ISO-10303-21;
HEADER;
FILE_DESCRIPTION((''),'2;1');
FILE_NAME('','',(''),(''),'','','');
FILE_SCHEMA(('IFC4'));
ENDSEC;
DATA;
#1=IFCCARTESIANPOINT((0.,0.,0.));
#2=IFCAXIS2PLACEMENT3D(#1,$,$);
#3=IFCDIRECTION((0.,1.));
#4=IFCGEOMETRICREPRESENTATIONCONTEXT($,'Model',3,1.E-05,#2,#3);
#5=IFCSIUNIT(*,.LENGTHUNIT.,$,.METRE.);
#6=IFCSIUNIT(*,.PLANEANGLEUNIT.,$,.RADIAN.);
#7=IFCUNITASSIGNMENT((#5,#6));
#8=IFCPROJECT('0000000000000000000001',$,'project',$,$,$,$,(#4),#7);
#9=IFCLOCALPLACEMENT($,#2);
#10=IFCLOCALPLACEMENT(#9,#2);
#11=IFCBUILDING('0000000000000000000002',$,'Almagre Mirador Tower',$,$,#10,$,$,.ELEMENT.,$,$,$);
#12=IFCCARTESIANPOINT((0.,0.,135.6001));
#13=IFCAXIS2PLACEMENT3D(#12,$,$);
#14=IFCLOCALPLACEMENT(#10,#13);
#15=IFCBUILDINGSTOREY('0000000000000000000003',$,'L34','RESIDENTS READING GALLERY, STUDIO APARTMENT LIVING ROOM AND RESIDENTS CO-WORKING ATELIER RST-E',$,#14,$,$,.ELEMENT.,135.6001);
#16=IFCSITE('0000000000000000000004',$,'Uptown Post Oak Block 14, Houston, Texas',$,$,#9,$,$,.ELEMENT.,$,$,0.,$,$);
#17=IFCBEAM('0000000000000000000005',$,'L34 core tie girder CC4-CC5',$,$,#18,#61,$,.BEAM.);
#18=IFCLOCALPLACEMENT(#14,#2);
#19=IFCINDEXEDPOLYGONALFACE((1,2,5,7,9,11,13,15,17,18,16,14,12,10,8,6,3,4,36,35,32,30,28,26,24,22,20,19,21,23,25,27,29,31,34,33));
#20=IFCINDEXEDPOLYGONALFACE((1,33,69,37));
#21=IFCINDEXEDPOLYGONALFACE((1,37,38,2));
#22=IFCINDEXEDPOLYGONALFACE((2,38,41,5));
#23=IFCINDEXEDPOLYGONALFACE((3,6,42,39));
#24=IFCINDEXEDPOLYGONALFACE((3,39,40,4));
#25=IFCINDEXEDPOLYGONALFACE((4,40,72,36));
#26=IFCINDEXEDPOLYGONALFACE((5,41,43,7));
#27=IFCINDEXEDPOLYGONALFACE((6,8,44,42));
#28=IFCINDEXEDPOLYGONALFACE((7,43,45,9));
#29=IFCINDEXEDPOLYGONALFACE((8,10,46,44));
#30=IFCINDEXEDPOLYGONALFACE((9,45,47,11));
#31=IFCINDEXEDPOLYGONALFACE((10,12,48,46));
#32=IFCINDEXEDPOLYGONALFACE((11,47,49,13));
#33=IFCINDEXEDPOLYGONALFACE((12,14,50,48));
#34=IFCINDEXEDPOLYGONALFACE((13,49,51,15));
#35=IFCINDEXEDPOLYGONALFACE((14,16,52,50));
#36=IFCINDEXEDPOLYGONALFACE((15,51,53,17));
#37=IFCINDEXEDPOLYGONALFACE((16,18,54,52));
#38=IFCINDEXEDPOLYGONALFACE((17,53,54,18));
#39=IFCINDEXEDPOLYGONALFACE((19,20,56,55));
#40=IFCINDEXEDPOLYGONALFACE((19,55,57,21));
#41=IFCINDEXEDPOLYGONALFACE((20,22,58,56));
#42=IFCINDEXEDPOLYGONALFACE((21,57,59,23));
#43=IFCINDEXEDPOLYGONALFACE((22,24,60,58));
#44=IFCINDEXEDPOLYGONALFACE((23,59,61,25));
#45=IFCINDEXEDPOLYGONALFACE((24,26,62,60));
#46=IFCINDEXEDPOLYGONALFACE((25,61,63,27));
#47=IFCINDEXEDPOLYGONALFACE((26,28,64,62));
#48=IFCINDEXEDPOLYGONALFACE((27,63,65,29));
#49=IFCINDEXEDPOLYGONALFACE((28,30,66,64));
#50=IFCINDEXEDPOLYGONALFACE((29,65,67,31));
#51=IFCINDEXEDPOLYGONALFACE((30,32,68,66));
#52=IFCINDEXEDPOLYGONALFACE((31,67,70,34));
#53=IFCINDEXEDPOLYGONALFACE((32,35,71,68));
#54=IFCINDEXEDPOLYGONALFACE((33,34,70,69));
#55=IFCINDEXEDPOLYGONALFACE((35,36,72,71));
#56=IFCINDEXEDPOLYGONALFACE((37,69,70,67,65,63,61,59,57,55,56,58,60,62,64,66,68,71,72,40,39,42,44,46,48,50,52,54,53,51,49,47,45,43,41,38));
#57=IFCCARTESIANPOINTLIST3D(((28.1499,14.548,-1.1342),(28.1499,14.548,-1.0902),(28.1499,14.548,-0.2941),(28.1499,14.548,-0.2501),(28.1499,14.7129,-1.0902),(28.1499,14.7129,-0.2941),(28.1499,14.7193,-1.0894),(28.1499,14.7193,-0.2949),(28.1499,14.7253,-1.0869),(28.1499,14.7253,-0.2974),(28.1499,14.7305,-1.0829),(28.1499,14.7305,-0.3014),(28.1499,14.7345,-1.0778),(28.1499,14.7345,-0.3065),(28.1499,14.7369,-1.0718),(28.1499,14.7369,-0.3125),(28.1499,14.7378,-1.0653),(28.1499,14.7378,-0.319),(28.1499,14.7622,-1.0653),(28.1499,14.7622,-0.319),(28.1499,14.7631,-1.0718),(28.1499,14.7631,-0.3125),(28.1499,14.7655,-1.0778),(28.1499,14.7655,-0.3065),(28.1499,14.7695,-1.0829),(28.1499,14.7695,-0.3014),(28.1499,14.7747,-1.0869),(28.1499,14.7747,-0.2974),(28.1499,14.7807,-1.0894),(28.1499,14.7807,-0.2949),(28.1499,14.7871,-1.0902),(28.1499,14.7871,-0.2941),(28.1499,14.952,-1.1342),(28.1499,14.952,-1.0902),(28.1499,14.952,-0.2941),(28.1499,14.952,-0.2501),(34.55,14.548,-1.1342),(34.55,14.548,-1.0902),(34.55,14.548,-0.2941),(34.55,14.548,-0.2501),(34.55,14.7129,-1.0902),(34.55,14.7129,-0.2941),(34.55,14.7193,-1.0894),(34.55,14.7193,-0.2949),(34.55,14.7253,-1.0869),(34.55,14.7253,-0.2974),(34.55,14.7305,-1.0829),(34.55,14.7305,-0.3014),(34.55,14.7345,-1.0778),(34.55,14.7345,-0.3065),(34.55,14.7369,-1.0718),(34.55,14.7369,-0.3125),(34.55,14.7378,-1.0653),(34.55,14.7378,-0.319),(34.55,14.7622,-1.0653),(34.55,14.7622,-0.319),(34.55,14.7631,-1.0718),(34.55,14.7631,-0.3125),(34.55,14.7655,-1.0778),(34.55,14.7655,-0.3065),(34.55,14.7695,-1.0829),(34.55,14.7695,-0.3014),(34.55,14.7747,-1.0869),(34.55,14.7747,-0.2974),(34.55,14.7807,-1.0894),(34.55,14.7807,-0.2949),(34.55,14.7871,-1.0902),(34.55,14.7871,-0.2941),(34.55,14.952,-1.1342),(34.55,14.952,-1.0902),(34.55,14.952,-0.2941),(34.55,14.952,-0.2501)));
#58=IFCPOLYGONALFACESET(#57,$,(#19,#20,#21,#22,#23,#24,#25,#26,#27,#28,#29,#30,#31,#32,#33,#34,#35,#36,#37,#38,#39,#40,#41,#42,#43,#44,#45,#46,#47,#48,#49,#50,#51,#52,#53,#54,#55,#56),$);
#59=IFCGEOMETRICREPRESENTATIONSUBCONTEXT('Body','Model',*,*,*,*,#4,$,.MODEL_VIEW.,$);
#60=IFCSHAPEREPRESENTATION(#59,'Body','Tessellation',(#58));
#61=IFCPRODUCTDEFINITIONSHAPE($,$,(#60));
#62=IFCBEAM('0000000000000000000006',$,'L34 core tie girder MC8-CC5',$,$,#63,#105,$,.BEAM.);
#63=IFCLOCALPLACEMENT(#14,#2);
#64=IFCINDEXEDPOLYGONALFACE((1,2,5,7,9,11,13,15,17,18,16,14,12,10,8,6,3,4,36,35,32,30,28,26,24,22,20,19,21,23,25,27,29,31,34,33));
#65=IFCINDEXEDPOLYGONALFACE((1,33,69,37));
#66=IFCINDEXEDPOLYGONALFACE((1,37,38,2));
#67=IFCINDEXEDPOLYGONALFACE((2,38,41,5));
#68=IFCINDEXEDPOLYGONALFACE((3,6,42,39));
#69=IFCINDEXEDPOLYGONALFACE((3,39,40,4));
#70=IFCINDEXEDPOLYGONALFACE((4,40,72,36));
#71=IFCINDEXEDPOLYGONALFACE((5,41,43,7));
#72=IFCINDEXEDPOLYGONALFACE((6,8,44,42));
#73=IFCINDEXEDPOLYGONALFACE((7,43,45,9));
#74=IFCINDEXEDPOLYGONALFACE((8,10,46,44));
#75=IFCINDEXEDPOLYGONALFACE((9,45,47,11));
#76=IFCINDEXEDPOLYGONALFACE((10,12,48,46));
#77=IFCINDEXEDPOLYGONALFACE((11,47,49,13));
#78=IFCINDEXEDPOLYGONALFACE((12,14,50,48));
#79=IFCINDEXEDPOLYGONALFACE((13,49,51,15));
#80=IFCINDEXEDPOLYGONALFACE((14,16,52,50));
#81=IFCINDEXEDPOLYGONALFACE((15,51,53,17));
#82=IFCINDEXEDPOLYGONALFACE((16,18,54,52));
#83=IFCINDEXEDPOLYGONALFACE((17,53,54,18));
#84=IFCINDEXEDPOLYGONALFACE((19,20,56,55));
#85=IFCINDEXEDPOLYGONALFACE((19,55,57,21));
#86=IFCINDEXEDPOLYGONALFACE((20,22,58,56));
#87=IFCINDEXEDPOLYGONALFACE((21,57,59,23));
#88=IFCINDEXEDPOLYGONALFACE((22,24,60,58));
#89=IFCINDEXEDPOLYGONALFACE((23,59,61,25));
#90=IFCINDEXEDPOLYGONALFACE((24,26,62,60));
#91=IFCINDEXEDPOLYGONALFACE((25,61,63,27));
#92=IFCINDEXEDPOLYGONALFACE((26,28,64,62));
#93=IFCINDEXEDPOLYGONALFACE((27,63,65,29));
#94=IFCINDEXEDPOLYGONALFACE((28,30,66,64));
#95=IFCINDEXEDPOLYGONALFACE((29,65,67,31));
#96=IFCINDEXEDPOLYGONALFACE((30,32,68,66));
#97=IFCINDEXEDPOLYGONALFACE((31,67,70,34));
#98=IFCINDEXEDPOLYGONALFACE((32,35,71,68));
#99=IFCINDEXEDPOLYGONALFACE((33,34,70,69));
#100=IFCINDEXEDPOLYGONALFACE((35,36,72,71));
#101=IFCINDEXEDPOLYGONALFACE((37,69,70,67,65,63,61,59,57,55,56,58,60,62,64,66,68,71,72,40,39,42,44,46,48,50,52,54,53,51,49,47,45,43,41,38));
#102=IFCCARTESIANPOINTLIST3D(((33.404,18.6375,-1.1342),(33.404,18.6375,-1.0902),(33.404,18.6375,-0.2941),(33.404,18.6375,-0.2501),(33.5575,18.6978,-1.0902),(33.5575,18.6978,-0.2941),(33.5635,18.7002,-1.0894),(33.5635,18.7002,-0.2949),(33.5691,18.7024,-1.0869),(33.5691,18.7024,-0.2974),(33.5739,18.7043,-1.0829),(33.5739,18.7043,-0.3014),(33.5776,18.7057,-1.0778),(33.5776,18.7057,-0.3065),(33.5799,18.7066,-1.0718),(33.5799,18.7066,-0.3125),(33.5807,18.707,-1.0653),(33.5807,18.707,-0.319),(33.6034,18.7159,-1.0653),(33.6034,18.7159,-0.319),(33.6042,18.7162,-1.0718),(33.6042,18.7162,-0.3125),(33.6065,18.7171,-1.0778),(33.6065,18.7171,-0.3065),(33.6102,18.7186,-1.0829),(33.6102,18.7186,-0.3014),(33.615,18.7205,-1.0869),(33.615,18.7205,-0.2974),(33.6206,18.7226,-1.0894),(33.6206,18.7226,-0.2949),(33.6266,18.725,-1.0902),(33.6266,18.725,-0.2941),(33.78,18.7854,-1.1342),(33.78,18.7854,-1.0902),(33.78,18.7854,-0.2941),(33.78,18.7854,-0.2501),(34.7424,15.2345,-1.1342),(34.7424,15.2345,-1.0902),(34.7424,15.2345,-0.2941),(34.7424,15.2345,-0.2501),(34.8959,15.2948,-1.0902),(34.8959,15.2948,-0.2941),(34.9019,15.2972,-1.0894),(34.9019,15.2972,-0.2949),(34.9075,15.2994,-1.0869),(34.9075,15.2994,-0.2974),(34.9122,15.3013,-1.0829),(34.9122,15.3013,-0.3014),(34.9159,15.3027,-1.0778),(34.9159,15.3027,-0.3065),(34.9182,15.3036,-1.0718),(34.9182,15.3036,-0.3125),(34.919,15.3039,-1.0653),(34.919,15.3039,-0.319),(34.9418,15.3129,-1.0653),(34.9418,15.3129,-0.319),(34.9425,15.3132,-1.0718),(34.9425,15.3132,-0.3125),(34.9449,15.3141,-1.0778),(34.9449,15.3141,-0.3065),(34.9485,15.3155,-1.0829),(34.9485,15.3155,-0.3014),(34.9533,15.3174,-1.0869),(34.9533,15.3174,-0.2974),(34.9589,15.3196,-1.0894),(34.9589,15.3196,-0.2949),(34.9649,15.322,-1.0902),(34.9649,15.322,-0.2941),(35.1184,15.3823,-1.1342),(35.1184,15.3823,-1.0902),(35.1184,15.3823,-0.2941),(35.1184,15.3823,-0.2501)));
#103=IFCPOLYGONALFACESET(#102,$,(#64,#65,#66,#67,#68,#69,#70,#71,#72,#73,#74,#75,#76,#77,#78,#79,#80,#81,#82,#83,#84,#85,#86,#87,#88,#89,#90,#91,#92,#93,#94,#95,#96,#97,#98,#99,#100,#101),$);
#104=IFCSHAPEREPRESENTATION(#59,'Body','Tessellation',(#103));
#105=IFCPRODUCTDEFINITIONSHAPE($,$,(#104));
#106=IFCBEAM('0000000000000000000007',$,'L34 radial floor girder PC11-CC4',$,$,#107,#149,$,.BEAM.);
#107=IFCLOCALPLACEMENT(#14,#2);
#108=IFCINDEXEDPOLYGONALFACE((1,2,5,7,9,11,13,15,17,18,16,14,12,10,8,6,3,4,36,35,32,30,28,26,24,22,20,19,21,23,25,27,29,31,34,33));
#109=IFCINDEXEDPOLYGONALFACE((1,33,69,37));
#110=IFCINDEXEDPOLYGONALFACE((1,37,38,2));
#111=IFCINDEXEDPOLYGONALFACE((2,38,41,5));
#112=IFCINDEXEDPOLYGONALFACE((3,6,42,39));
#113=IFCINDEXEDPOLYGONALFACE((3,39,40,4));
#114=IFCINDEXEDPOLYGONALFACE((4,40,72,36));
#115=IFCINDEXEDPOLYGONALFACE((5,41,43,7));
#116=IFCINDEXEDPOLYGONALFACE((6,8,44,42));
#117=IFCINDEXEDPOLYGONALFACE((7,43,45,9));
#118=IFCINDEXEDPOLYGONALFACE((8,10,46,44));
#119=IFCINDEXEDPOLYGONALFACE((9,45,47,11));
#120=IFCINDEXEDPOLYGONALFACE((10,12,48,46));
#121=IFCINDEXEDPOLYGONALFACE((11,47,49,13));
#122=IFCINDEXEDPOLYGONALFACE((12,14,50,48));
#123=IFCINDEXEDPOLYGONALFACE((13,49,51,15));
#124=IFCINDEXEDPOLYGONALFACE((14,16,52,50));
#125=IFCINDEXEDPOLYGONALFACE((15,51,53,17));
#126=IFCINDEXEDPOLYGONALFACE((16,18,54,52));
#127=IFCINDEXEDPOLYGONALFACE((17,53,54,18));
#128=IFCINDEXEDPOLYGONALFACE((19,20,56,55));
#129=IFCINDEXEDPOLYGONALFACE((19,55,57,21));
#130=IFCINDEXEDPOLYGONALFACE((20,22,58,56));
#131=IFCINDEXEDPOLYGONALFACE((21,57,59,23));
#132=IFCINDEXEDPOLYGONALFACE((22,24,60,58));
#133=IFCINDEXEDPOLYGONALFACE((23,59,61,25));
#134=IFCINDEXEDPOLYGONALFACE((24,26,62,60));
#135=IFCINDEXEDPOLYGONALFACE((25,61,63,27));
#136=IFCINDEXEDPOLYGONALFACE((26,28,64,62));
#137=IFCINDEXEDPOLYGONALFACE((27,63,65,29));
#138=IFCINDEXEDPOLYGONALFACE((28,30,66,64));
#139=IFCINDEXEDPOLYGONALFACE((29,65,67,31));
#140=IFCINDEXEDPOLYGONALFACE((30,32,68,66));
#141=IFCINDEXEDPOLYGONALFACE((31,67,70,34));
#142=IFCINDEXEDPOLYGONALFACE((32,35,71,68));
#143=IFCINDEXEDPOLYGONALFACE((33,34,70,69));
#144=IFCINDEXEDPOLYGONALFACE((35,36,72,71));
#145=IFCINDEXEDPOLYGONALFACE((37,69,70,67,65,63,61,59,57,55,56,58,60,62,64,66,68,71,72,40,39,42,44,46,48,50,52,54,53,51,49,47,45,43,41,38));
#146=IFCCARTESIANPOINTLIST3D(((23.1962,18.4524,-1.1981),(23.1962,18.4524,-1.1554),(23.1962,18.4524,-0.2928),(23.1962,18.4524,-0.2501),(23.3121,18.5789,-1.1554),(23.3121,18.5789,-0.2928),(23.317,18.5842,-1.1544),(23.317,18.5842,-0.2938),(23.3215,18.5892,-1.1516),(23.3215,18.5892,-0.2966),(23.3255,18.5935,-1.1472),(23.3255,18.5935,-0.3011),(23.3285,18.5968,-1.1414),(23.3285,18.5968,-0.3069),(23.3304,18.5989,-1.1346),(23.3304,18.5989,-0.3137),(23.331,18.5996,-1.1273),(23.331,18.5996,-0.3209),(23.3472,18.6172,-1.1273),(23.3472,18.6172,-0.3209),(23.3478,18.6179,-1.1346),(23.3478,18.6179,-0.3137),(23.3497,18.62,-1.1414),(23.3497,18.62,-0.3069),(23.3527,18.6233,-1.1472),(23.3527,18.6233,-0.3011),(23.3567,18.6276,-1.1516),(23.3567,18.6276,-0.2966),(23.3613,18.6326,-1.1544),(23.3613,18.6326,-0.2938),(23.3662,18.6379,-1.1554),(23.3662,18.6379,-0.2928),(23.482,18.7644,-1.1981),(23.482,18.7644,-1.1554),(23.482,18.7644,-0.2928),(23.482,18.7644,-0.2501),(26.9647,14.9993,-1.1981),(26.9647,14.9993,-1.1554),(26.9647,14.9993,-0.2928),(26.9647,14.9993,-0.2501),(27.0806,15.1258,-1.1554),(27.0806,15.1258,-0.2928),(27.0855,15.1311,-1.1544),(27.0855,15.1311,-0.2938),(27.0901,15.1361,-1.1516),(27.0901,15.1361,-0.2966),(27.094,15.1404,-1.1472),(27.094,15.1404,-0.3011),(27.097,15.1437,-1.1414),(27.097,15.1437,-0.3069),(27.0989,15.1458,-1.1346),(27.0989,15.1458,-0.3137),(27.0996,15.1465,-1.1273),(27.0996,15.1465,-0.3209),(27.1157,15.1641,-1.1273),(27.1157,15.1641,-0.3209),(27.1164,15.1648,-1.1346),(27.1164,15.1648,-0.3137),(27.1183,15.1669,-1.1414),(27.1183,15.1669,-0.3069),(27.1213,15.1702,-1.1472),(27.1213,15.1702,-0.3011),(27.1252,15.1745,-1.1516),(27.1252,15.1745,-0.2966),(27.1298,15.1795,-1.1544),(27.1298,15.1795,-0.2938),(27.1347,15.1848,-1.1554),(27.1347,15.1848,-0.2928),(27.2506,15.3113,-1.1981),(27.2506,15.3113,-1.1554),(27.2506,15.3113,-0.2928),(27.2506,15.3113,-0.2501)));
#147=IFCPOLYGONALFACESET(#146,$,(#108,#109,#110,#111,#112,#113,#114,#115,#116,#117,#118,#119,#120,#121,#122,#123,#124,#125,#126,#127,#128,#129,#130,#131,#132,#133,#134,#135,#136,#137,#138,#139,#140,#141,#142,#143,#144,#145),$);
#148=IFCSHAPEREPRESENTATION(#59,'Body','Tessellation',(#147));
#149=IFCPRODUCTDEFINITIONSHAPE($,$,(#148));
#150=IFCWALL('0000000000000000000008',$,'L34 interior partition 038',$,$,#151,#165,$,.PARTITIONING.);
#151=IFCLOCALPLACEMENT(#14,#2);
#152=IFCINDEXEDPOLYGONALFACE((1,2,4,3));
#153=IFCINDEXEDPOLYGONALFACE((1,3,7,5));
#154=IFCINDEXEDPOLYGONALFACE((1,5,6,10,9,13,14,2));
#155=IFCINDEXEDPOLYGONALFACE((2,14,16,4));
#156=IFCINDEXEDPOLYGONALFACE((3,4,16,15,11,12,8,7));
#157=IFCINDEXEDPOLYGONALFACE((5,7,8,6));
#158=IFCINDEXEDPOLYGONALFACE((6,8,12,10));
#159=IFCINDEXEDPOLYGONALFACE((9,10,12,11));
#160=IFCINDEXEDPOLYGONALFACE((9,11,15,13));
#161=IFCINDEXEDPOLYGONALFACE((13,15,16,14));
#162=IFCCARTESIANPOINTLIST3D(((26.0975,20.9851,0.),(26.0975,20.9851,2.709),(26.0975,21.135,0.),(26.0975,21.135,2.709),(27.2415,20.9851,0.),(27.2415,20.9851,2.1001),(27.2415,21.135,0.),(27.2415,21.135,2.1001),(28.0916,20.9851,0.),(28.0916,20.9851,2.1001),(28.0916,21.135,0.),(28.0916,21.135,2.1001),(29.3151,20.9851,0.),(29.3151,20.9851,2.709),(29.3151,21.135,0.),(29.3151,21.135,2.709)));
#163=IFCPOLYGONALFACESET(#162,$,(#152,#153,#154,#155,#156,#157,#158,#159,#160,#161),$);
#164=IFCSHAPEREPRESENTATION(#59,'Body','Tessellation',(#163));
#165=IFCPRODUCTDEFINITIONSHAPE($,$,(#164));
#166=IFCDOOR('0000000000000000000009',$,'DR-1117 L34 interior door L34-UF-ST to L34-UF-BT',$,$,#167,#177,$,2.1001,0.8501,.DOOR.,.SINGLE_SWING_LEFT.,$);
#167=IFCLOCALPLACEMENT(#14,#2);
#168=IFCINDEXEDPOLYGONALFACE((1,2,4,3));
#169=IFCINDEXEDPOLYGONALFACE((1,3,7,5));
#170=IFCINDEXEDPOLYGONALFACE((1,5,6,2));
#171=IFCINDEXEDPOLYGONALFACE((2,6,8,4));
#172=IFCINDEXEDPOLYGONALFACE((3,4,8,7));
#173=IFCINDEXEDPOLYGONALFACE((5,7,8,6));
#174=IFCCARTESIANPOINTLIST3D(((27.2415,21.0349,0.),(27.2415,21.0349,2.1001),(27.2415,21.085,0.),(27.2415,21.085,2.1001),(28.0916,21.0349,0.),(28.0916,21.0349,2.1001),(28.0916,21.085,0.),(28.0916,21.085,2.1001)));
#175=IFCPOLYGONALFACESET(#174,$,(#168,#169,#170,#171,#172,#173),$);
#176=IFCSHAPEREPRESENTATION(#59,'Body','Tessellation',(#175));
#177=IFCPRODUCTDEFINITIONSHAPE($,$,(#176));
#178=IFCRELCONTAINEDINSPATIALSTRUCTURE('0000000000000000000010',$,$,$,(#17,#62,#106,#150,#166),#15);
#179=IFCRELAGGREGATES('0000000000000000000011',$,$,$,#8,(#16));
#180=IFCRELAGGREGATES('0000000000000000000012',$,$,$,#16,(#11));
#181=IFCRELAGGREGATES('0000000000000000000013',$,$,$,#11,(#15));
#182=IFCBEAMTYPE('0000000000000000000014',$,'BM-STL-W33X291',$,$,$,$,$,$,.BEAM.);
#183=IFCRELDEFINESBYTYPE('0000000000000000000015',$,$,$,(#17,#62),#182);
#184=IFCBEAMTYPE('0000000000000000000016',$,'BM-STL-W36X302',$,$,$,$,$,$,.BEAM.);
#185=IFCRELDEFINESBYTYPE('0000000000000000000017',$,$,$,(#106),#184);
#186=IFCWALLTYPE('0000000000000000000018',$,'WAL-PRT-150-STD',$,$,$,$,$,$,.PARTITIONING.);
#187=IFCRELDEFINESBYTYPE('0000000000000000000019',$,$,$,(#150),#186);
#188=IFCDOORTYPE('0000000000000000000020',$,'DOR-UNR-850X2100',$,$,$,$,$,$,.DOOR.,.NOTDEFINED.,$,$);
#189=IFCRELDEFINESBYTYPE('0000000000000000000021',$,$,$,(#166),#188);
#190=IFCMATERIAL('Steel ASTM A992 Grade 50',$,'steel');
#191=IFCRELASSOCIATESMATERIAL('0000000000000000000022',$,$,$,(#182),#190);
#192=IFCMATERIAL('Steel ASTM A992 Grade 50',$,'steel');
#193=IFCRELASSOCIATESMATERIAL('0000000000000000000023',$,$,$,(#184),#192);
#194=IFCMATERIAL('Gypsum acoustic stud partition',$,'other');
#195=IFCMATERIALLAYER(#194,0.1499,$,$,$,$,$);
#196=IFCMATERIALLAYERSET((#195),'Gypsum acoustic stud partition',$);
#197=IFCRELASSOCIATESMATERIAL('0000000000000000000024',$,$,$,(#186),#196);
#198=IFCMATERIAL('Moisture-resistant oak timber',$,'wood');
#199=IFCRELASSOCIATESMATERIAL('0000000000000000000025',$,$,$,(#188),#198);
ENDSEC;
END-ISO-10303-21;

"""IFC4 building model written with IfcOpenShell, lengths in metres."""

from ifc_helpers import new_model, si_unit, direction, frame, frame_2d, origin, origin_2d, place, context, subcontext, project, spatial, rectangle, i_section, extrude, material, layer, layer_set, material_profile, profile_set, type_object, element, fill, save


model = new_model("IFC4")

# Units and contexts
model_context = context("Model", 3, precision=1e-05, world=origin(), true_north=direction((0.0, 1.0)))
body_context = subcontext(model_context, "Body", "Model", "MODEL_VIEW")
ifc_project = project(units=[si_unit("LENGTHUNIT", "METRE"), si_unit("PLANEANGLEUNIT", "RADIAN")], contexts=[model_context])

# Site, building, storey
site_placement = place(None, origin())
site = spatial("IfcSite", under=ifc_project, at=site_placement, Name="Uptown Post Oak Block 14, Houston, Texas", CompositionType="ELEMENT", RefElevation=0.0)
building_placement = place(site_placement, origin())
building = spatial("IfcBuilding", under=site, at=building_placement, Name="Almagre Mirador Tower", CompositionType="ELEMENT")
storey_placement = place(building_placement, frame((0.0, 0.0, 135.6001)))
storey = spatial("IfcBuildingStorey", under=building, at=storey_placement, Name="L34", Description="RESIDENTS READING GALLERY, STUDIO APARTMENT LIVING ROOM AND RESIDENTS CO-WORKING ATELIER RST-E", CompositionType="ELEMENT", Elevation=135.6001)

# Beams
ifc_material_1 = material(Name="Steel ASTM A992 Grade 50", Category="steel")
ifc_material_profile_1 = material_profile(ifc_material_1, i_section(OverallWidth=0.4041, OverallDepth=0.884, WebThickness=0.0244, FlangeThickness=0.0439, FilletRadius=0.0249, at=origin_2d()), Name="W33X291")
ifc_profile_set_1 = profile_set([ifc_material_profile_1], Name="Steel ASTM A992 Grade 50")
beam_type_1 = type_object("IfcBeamType", Name="BM-STL-W33X291", PredefinedType="BEAM", material=ifc_profile_set_1)
beam_1_placement = place(storey_placement, frame((28.1499, 14.75, -0.6921), z_axis=(1.0, 0.0, 0.0), x_axis=(0.0, 1.0, 0.0)))
element("IfcBeam", 1, at=beam_1_placement, inside=storey, type_object=beam_type_1, Name="L34 core tie girder CC4-CC5", PredefinedType="BEAM", context=body_context, shape_type="SweptSolid", body=[
    extrude(i_section(OverallWidth=0.4041, OverallDepth=0.884, WebThickness=0.0244, FlangeThickness=0.0439, FilletRadius=0.0249, at=origin_2d()), origin(), (0.0, 0.0, 1.0), 6.4001),
])
beam_2_placement = place(storey_placement, frame((33.592, 18.7114, -0.6921), z_axis=(0.365997, -0.930616, 0.0), x_axis=(0.930616, 0.365997, 0.0)))
element("IfcBeam", 2, at=beam_2_placement, inside=storey, type_object=beam_type_1, Name="L34 core tie girder MC8-CC5", PredefinedType="BEAM", context=body_context, shape_type="SweptSolid", body=[
    extrude(i_section(OverallWidth=0.4041, OverallDepth=0.884, WebThickness=0.0244, FlangeThickness=0.0439, FilletRadius=0.0249, at=origin_2d()), origin(), (0.0, 0.0, 1.0), 3.6567),
])
ifc_material_2 = material(Name="Steel ASTM A992 Grade 50", Category="steel")
ifc_material_profile_2 = material_profile(ifc_material_2, i_section(OverallWidth=0.4231, OverallDepth=0.948, WebThickness=0.0239, FlangeThickness=0.0427, FilletRadius=0.0281, at=origin_2d()), Name="W36X302")
ifc_profile_set_2 = profile_set([ifc_material_profile_2], Name="Steel ASTM A992 Grade 50")
beam_type_2 = type_object("IfcBeamType", Name="BM-STL-W36X302", PredefinedType="BEAM", material=ifc_profile_set_2)
beam_3_placement = place(storey_placement, frame((23.3391, 18.6084, -0.7241), z_axis=(0.737289, -0.675578, 0.0), x_axis=(0.675578, 0.737289, 0.0)))
element("IfcBeam", 3, at=beam_3_placement, inside=storey, type_object=beam_type_2, Name="L34 radial floor girder PC11-CC4", PredefinedType="BEAM", context=body_context, shape_type="SweptSolid", body=[
    extrude(i_section(OverallWidth=0.4231, OverallDepth=0.948, WebThickness=0.0239, FlangeThickness=0.0427, FilletRadius=0.0281, at=origin_2d()), origin(), (0.0, 0.0, 1.0), 5.1113),
])

# Wall, opening, door
ifc_material_3 = material(Name="Gypsum acoustic stud partition", Category="other")
ifc_layer_1 = layer(ifc_material_3, 0.1499)
ifc_layer_set_1 = layer_set([ifc_layer_1], Name="Gypsum acoustic stud partition")
wall_type_1 = type_object("IfcWallType", Name="WAL-PRT-150-STD", PredefinedType="PARTITIONING", material=ifc_layer_set_1)
wall_1_placement = place(storey_placement, frame((26.0974, 21.0601, 0.0), z_axis=(0.0, 0.0, 1.0), x_axis=(1.0, 0.0, 0.0)))
wall_1 = element("IfcWall", 4, at=wall_1_placement, inside=storey, type_object=wall_type_1, Name="L34 interior partition 038", PredefinedType="PARTITIONING", context=body_context, shape_type="SweptSolid", body=[
    extrude(rectangle(XDim=3.2175, YDim=0.1499, at=frame_2d((1.6089, 0.0))), origin(), (0.0, 0.0, 1.0), 2.709),
])
opening_1_placement = place(wall_1_placement, frame((1.144, 0.0, 0.0)))
opening_1 = element("IfcOpeningElement", 5, at=opening_1_placement, cuts=wall_1, PredefinedType="OPENING", context=body_context, shape_type="SweptSolid", body=[
    extrude(rectangle(XDim=0.8501, YDim=2.1001, at=frame_2d((0.425, 1.05))), frame((0.0, 0.085, 0.0), z_axis=(0.0, -1.0, 0.0), x_axis=(1.0, 0.0, 0.0)), (0.0, 0.0, 1.0), 0.1699),
])
ifc_material_4 = material(Name="Moisture-resistant oak timber", Category="wood")
door_type_1 = type_object("IfcDoorType", Name="DOR-UNR-850X2100", OperationType="NOTDEFINED", PredefinedType="DOOR", material=ifc_material_4)
door_1_placement = place(opening_1_placement, origin())
door_1 = element("IfcDoor", 6, at=door_1_placement, inside=storey, type_object=door_type_1, Name="DR-1117 L34 interior door L34-UF-ST to L34-UF-BT", OperationType="SINGLE_SWING_LEFT", OverallHeight=2.1001, OverallWidth=0.8501, PredefinedType="DOOR", context=body_context, shape_type="SweptSolid", body=[
    extrude(rectangle(XDim=0.8501, YDim=2.1001, at=frame_2d((0.425, 1.05))), frame((0.0, 0.0249, 0.0), z_axis=(0.0, -1.0, 0.0), x_axis=(1.0, 0.0, 0.0)), (0.0, 0.0, 1.0), 0.05),
])
fill(opening_1, door_1)

save(model, "model.ifc")
